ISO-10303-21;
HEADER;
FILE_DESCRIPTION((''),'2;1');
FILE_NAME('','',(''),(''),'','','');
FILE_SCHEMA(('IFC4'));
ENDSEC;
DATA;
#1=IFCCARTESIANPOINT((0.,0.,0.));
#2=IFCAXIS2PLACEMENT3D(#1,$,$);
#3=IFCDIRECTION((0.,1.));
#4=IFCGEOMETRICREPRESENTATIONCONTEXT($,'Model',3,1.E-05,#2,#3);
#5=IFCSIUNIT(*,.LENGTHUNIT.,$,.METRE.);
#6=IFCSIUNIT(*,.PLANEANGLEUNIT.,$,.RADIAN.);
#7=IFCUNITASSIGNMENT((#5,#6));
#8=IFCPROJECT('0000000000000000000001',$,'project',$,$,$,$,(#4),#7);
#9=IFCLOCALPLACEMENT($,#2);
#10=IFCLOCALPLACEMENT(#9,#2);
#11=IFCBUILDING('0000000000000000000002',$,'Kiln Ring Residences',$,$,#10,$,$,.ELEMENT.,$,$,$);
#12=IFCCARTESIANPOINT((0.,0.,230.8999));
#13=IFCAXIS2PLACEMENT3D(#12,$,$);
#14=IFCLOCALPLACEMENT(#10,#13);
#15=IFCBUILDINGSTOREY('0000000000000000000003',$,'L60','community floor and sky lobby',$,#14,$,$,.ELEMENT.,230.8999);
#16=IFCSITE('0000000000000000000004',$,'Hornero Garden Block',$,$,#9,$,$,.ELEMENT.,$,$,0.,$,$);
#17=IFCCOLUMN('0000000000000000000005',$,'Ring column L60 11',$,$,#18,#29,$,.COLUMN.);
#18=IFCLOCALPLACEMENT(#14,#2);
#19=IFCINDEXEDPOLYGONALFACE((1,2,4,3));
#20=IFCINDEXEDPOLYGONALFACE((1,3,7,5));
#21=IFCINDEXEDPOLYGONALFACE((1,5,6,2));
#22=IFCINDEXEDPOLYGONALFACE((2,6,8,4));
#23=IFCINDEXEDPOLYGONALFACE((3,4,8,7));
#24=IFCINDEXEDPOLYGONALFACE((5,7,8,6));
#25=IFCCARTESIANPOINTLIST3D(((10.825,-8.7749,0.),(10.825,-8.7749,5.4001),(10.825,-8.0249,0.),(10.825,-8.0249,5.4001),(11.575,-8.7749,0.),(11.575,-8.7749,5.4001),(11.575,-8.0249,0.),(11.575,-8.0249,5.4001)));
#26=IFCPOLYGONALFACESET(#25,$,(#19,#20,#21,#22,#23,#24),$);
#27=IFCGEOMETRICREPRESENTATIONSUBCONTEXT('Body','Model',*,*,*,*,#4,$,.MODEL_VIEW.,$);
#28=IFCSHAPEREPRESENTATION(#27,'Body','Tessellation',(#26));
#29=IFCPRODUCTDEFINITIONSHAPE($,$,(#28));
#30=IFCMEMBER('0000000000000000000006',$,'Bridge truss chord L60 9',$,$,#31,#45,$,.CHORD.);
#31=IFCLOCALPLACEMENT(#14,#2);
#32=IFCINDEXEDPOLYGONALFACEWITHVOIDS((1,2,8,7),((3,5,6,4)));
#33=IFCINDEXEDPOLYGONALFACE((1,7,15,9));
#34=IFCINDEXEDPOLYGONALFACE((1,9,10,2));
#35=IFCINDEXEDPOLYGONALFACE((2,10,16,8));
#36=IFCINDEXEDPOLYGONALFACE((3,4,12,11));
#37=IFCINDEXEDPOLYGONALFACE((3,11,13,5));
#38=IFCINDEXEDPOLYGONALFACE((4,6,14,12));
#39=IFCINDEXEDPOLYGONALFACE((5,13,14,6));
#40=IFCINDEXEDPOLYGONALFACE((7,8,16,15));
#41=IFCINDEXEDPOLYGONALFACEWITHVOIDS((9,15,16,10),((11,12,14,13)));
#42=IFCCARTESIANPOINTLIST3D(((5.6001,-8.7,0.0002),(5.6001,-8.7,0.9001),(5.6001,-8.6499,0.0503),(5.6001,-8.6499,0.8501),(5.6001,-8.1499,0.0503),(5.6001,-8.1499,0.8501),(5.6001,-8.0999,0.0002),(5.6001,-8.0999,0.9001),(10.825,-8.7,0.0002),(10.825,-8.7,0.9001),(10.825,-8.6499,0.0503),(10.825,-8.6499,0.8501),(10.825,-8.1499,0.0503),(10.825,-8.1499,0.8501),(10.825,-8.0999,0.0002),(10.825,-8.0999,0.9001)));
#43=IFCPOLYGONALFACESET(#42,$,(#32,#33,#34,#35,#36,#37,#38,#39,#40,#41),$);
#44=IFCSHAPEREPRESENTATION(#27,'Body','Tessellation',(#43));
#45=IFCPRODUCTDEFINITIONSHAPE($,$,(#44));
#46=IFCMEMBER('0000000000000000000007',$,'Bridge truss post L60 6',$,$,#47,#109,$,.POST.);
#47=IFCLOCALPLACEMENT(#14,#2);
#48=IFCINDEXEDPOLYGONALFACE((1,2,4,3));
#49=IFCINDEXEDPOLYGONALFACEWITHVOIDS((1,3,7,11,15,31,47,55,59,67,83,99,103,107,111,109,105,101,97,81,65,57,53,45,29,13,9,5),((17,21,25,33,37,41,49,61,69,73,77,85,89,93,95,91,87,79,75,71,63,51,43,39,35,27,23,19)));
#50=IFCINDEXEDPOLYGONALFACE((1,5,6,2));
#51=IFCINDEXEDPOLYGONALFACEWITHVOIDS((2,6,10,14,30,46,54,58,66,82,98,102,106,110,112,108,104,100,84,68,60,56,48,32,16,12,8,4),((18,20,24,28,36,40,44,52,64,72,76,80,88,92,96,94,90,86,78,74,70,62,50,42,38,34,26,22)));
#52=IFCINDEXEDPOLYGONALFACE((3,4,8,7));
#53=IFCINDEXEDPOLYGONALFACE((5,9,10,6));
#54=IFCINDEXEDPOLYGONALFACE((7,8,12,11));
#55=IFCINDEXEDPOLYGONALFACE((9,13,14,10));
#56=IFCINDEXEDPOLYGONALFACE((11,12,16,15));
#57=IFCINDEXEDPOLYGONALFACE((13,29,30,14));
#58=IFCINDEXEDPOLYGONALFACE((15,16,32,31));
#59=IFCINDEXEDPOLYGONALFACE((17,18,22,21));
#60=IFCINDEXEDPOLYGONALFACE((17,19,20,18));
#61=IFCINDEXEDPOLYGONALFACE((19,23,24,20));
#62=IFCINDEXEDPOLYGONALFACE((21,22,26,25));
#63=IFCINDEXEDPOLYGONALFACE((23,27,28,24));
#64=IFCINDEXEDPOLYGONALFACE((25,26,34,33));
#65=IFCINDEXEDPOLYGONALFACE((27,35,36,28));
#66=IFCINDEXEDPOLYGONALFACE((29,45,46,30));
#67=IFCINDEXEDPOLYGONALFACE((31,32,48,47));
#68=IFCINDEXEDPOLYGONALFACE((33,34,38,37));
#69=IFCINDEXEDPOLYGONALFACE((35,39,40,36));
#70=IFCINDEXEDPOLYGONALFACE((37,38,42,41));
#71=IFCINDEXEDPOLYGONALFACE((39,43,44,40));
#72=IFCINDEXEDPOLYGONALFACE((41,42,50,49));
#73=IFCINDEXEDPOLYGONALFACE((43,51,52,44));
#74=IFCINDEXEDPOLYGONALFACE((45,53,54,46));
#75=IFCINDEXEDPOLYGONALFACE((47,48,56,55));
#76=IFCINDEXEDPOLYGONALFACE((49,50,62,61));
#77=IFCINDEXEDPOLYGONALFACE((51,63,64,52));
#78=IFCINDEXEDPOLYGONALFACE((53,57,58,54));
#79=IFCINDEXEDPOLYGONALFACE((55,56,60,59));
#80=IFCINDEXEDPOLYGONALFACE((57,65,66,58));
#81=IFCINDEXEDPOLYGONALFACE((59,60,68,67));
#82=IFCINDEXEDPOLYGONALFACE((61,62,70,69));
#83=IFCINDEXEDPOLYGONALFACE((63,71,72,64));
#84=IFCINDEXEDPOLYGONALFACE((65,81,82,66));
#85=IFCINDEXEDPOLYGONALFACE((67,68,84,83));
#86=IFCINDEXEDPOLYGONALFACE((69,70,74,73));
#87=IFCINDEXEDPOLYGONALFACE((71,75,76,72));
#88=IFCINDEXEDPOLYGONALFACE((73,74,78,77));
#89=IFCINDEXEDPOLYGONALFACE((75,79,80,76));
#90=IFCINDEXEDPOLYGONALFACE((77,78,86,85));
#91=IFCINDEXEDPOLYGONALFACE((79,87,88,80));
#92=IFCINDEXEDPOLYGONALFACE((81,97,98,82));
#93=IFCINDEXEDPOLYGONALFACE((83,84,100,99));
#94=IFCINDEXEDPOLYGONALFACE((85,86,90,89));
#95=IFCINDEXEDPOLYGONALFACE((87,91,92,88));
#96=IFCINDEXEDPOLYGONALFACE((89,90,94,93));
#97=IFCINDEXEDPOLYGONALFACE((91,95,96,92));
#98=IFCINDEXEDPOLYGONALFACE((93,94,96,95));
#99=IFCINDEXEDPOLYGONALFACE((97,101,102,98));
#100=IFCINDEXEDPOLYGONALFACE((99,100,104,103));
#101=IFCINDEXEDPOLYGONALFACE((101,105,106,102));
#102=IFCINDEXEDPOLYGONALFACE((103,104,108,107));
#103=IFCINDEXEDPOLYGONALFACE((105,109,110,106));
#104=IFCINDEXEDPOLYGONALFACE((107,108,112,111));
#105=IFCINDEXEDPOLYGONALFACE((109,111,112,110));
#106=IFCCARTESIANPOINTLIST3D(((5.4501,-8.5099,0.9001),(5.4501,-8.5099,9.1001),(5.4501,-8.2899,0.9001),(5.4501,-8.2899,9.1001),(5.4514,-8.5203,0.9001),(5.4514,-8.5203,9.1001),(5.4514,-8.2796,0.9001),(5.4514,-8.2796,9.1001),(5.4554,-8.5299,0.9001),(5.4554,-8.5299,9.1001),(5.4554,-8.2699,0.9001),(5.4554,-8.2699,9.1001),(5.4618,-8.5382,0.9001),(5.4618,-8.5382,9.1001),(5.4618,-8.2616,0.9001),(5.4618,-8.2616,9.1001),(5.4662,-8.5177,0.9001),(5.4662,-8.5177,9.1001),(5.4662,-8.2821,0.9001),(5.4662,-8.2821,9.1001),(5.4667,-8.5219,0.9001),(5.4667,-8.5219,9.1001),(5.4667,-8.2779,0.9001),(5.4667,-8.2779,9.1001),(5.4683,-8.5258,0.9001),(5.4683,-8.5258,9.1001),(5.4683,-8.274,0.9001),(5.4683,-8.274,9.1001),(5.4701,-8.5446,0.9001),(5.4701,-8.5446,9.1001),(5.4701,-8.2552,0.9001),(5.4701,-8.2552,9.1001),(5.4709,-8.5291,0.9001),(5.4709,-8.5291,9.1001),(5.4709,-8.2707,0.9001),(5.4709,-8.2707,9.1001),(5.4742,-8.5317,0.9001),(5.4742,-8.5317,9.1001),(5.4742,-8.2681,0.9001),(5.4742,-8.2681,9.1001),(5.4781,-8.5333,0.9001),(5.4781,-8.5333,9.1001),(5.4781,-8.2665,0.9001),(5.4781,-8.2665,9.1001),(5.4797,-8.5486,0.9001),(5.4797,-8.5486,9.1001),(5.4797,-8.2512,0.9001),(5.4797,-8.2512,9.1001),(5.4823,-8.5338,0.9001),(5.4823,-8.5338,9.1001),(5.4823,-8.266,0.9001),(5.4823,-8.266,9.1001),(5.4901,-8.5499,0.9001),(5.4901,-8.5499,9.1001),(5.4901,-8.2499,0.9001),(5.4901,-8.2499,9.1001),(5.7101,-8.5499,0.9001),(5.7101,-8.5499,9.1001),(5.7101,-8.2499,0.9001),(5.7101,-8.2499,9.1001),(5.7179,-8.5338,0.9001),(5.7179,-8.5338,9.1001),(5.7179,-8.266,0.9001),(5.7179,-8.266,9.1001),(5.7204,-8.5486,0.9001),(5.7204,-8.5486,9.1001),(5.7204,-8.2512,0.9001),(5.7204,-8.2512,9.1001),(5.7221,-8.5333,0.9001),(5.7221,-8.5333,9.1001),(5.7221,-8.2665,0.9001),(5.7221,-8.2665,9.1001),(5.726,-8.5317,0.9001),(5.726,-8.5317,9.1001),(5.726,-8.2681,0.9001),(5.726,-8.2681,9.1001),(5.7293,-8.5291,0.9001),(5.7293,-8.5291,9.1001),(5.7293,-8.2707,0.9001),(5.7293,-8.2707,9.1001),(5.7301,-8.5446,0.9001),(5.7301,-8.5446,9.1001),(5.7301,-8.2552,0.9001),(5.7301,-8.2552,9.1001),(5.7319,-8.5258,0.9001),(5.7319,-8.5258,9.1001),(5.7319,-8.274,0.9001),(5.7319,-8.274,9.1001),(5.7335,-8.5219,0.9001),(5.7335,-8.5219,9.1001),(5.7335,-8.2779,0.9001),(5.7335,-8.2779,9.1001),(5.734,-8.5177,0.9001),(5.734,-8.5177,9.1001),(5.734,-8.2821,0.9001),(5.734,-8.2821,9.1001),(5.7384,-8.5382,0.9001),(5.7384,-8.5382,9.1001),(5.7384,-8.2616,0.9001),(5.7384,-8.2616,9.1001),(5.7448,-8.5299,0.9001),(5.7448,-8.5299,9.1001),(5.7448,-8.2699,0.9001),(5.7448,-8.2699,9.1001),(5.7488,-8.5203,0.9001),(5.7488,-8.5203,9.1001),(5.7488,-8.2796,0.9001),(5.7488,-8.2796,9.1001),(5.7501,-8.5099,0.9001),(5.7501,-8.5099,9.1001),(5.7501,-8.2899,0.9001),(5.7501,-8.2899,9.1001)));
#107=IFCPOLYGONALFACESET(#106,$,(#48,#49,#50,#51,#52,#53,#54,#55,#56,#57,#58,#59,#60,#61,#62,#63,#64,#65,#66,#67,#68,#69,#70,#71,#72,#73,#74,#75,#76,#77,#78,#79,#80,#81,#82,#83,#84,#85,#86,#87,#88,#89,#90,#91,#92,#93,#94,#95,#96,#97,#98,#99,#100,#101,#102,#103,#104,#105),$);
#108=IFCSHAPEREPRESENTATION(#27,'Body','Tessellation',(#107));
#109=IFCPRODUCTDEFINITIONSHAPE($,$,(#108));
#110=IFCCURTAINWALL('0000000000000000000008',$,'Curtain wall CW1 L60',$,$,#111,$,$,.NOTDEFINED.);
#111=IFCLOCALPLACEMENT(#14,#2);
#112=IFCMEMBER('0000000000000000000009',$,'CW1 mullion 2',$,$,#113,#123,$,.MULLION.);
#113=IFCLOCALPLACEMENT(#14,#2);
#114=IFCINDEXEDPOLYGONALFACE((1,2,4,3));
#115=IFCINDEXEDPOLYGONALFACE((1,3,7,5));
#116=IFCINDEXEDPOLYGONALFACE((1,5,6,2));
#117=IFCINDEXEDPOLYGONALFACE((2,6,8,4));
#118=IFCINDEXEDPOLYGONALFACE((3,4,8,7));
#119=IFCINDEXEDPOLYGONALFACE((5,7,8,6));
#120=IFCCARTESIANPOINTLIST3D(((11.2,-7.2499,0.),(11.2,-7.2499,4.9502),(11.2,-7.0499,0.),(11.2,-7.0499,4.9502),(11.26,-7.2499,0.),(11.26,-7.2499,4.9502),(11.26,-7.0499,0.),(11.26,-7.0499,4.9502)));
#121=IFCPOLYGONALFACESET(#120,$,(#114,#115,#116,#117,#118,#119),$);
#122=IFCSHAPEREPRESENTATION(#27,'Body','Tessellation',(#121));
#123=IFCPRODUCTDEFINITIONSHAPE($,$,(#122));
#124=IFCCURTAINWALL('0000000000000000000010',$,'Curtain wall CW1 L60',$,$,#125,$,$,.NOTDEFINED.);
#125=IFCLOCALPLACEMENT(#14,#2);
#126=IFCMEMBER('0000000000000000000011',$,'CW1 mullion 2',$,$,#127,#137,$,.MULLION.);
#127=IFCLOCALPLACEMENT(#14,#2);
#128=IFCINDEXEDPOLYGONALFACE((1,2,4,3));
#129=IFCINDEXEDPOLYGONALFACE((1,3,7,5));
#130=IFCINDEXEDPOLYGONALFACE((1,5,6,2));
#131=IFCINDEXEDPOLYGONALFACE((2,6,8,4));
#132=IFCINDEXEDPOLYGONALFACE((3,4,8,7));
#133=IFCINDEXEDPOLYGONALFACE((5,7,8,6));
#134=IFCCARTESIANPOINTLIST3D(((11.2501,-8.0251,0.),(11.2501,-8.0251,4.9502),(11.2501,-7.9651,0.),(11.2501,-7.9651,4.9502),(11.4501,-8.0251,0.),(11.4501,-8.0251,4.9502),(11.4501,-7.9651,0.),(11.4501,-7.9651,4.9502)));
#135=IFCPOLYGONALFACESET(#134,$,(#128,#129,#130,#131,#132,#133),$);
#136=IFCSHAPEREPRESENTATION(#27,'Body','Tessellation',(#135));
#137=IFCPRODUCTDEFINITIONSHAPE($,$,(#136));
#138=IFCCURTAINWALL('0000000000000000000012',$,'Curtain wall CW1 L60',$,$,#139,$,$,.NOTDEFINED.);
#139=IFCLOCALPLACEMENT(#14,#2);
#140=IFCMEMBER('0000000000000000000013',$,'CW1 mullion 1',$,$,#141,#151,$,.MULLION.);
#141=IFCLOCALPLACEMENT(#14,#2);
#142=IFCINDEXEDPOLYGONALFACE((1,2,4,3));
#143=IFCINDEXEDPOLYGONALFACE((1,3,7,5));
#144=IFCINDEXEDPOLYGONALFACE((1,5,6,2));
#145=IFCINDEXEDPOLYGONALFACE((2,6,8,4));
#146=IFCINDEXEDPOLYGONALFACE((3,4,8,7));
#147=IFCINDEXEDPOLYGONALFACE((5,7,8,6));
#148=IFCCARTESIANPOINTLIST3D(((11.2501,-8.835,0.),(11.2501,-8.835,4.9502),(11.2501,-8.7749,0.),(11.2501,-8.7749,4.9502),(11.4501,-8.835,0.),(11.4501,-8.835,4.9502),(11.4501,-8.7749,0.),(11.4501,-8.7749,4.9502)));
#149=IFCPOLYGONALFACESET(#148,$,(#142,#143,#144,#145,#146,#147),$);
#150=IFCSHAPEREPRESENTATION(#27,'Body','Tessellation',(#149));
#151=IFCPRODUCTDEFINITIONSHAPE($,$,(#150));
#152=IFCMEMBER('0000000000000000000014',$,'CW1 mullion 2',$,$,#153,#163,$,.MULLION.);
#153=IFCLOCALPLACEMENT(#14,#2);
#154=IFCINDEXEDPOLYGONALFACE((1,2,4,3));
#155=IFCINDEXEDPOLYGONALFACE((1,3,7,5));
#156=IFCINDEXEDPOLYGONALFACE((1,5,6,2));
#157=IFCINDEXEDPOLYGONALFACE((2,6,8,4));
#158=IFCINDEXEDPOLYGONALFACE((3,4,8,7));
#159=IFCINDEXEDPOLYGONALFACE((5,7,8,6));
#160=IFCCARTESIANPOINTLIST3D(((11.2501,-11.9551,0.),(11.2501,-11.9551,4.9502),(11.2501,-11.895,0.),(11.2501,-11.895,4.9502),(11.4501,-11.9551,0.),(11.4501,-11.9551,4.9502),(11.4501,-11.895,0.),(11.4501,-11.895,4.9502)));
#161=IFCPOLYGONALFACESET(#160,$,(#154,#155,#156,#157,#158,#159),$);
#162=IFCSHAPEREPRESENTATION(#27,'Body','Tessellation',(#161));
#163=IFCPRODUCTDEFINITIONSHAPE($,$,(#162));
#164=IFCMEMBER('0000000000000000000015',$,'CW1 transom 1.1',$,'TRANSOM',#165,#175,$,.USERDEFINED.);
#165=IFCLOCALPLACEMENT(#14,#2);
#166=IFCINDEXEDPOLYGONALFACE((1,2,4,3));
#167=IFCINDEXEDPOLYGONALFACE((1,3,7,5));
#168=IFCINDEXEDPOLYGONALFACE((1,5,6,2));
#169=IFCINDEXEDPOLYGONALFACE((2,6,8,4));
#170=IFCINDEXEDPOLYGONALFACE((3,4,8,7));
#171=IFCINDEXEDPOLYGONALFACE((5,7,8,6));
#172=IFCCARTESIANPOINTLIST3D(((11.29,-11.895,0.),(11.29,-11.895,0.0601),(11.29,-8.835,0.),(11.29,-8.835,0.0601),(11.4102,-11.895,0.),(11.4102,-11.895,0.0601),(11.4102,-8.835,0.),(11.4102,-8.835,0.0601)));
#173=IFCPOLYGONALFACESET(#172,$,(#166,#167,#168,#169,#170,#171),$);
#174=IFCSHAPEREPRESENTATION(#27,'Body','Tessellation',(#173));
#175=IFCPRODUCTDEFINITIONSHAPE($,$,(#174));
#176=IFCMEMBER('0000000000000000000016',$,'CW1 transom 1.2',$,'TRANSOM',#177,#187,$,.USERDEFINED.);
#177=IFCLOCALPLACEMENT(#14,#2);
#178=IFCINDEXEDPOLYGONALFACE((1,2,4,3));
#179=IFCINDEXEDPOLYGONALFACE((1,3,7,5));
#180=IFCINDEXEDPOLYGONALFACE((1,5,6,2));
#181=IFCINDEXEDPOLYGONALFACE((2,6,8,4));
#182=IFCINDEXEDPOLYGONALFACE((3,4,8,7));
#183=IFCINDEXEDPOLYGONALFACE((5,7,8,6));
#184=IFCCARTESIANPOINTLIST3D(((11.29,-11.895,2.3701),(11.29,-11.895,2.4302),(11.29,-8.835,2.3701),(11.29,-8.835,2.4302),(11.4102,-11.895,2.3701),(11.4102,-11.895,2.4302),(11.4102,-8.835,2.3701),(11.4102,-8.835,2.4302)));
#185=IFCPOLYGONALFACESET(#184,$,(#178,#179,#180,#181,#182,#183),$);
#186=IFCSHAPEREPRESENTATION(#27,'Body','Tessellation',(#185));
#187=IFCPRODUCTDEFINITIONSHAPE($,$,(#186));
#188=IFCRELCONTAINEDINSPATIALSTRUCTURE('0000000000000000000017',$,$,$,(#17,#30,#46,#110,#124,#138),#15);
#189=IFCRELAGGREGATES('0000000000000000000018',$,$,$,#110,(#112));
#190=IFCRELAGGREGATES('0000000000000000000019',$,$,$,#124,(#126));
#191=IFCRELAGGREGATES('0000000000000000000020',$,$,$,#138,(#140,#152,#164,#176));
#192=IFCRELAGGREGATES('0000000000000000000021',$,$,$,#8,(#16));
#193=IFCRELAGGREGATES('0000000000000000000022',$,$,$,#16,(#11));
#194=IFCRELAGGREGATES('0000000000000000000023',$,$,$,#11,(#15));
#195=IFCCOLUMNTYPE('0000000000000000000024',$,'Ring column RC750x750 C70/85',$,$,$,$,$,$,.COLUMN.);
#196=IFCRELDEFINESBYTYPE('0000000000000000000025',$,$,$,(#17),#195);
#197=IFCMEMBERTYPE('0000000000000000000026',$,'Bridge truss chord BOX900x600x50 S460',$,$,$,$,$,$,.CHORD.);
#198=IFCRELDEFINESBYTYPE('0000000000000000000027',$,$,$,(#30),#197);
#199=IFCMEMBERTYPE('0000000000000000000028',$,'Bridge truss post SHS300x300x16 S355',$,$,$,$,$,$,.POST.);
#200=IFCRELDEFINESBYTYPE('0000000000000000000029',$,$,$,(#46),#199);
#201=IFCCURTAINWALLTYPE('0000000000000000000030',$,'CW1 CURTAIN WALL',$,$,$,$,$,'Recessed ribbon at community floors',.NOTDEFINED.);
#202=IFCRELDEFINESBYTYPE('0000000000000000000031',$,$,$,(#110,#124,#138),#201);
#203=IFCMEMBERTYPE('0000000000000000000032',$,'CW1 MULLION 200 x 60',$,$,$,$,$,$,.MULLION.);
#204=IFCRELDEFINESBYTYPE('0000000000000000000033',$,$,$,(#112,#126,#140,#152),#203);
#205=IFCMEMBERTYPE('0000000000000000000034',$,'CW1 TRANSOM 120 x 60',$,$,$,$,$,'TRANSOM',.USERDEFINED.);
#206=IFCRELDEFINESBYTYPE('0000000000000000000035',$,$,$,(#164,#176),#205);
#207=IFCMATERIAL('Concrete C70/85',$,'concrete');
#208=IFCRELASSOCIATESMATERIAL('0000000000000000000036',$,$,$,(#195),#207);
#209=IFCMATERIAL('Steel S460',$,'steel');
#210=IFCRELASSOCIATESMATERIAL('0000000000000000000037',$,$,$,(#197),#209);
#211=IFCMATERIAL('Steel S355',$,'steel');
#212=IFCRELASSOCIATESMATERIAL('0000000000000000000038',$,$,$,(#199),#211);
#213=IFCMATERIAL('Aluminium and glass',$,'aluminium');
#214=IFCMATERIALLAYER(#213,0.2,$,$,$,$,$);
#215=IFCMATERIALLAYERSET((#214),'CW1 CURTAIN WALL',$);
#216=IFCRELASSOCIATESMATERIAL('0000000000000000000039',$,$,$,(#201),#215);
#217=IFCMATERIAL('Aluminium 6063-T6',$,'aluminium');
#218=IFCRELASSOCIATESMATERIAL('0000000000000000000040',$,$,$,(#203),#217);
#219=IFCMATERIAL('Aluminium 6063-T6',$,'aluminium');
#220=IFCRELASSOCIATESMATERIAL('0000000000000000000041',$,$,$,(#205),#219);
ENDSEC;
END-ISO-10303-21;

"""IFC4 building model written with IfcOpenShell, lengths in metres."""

from ifc_helpers import new_model, si_unit, direction, frame, origin, origin_2d, place, context, subcontext, project, spatial, rectangle, hollow_rectangle, extrude, material, layer, layer_set, material_profile, profile_set, type_object, element, aggregate, save


model = new_model("IFC4")

# Units and contexts
model_context = context("Model", 3, precision=1e-05, world=origin(), true_north=direction((0.0, 1.0)))
body_context = subcontext(model_context, "Body", "Model", "MODEL_VIEW")
ifc_project = project(units=[si_unit("LENGTHUNIT", "METRE"), si_unit("PLANEANGLEUNIT", "RADIAN")], contexts=[model_context])

# Site, building, storey
site_placement = place(None, origin())
site = spatial("IfcSite", under=ifc_project, at=site_placement, Name="Hornero Garden Block", CompositionType="ELEMENT", RefElevation=0.0)
building_placement = place(site_placement, origin())
building = spatial("IfcBuilding", under=site, at=building_placement, Name="Kiln Ring Residences", CompositionType="ELEMENT")
storey_placement = place(building_placement, frame((0.0, 0.0, 230.8999)))
storey = spatial("IfcBuildingStorey", under=building, at=storey_placement, Name="L60", Description="community floor and sky lobby", CompositionType="ELEMENT", Elevation=230.8999)

# Column
ifc_material_1 = material(Name="Concrete C70/85", Category="concrete")
ifc_material_profile_1 = material_profile(ifc_material_1, rectangle(XDim=0.75, YDim=0.75, at=origin_2d()), Name="RC750x750")
ifc_profile_set_1 = profile_set([ifc_material_profile_1], Name="Concrete C70/85")
column_type = type_object("IfcColumnType", Name="Ring column RC750x750 C70/85", PredefinedType="COLUMN", material=ifc_profile_set_1)
column_placement = place(storey_placement, frame((11.2, -8.3999, 0.0), z_axis=(0.0, 0.0, 1.0), x_axis=(1.0, 0.0, 0.0)))
element("IfcColumn", 1, at=column_placement, inside=storey, type_object=column_type, Name="Ring column L60 11", PredefinedType="COLUMN", context=body_context, shape_type="SweptSolid", body=[
    extrude(rectangle(XDim=0.75, YDim=0.75, at=origin_2d()), origin(), (0.0, 0.0, 1.0), 5.4001),
])

# Members
ifc_material_2 = material(Name="Steel S460", Category="steel")
ifc_material_profile_2 = material_profile(ifc_material_2, hollow_rectangle(XDim=0.6001, YDim=0.8999, WallThickness=0.05, at=origin_2d()), Name="BOX900x600x50")
ifc_profile_set_2 = profile_set([ifc_material_profile_2], Name="Steel S460")
member_type_1 = type_object("IfcMemberType", Name="Bridge truss chord BOX900x600x50 S460", PredefinedType="CHORD", material=ifc_profile_set_2)
member_1_placement = place(storey_placement, frame((5.6001, -8.3999, 0.4502), z_axis=(1.0, 0.0, 0.0), x_axis=(0.0, 1.0, 0.0)))
element("IfcMember", 2, at=member_1_placement, inside=storey, type_object=member_type_1, Name="Bridge truss chord L60 9", PredefinedType="CHORD", context=body_context, shape_type="SweptSolid", body=[
    extrude(hollow_rectangle(XDim=0.6001, YDim=0.8999, WallThickness=0.05, at=origin_2d()), origin(), (0.0, 0.0, 1.0), 5.2249),
])
ifc_material_3 = material(Name="Steel S355", Category="steel")
ifc_material_profile_3 = material_profile(ifc_material_3, hollow_rectangle(XDim=0.3, YDim=0.3, WallThickness=0.0161, InnerFilletRadius=0.0161, OuterFilletRadius=0.04, at=origin_2d()), Name="SHS300x300x16")
ifc_profile_set_3 = profile_set([ifc_material_profile_3], Name="Steel S355")
member_type_2 = type_object("IfcMemberType", Name="Bridge truss post SHS300x300x16 S355", PredefinedType="POST", material=ifc_profile_set_3)
member_2_placement = place(storey_placement, frame((5.6001, -8.3999, 0.9001), z_axis=(0.0, 0.0, 1.0), x_axis=(1.0, 0.0, 0.0)))
element("IfcMember", 3, at=member_2_placement, inside=storey, type_object=member_type_2, Name="Bridge truss post L60 6", PredefinedType="POST", context=body_context, shape_type="SweptSolid", body=[
    extrude(hollow_rectangle(XDim=0.3, YDim=0.3, WallThickness=0.0161, InnerFilletRadius=0.0161, OuterFilletRadius=0.04, at=origin_2d()), origin(), (0.0, 0.0, 1.0), 8.2),
])

# Curtain walls, members
ifc_material_4 = material(Name="Aluminium and glass", Category="aluminium")
ifc_layer_1 = layer(ifc_material_4, 0.2)
ifc_layer_set_1 = layer_set([ifc_layer_1], Name="CW1 CURTAIN WALL")
curtain_wall_type = type_object("IfcCurtainWallType", Name="CW1 CURTAIN WALL", ElementType="Recessed ribbon at community floors", PredefinedType="NOTDEFINED", material=ifc_layer_set_1)
placement_1 = place(storey_placement, origin())
curtain_wall_1 = element("IfcCurtainWall", 4, at=placement_1, inside=storey, type_object=curtain_wall_type, Name="Curtain wall CW1 L60", PredefinedType="NOTDEFINED")
ifc_material_5 = material(Name="Aluminium 6063-T6", Category="aluminium")
ifc_material_profile_4 = material_profile(ifc_material_5, rectangle(XDim=0.2, YDim=0.0601, at=origin_2d()), Name="AL 200x60")
ifc_profile_set_4 = profile_set([ifc_material_profile_4], Name="Aluminium 6063-T6")
member_type_3 = type_object("IfcMemberType", Name="CW1 MULLION 200 x 60", PredefinedType="MULLION", material=ifc_profile_set_4)
member_3_placement = place(storey_placement, frame((11.23, -7.1499, 0.0), z_axis=(0.0, 0.0, 1.0), x_axis=(0.0, -1.0, 0.0)))
member_3 = element("IfcMember", 5, at=member_3_placement, type_object=member_type_3, Name="CW1 mullion 2", PredefinedType="MULLION", context=body_context, shape_type="SweptSolid", body=[
    extrude(rectangle(XDim=0.2, YDim=0.0601, at=origin_2d()), origin(), (0.0, 0.0, 1.0), 4.9502),
])
aggregate(curtain_wall_1, [member_3])
curtain_wall_2 = element("IfcCurtainWall", 6, at=placement_1, inside=storey, type_object=curtain_wall_type, Name="Curtain wall CW1 L60", PredefinedType="NOTDEFINED")
member_4_placement = place(storey_placement, frame((11.3501, -7.9951, 0.0), z_axis=(0.0, 0.0, 1.0), x_axis=(1.0, 0.0, 0.0)))
member_4 = element("IfcMember", 7, at=member_4_placement, type_object=member_type_3, Name="CW1 mullion 2", PredefinedType="MULLION", context=body_context, shape_type="SweptSolid", body=[
    extrude(rectangle(XDim=0.2, YDim=0.0601, at=origin_2d()), origin(), (0.0, 0.0, 1.0), 4.9502),
])

# Curtain wall, members
curtain_wall_3 = element("IfcCurtainWall", 8, at=placement_1, inside=storey, type_object=curtain_wall_type, Name="Curtain wall CW1 L60", PredefinedType="NOTDEFINED")
member_5_placement = place(storey_placement, frame((11.3501, -8.8049, 0.0), z_axis=(0.0, 0.0, 1.0), x_axis=(1.0, 0.0, 0.0)))
member_5 = element("IfcMember", 9, at=member_5_placement, type_object=member_type_3, Name="CW1 mullion 1", PredefinedType="MULLION", context=body_context, shape_type="SweptSolid", body=[
    extrude(rectangle(XDim=0.2, YDim=0.0601, at=origin_2d()), origin(), (0.0, 0.0, 1.0), 4.9502),
])
member_6_placement = place(storey_placement, frame((11.3501, -11.925, 0.0), z_axis=(0.0, 0.0, 1.0), x_axis=(1.0, 0.0, 0.0)))
member_6 = element("IfcMember", 10, at=member_6_placement, type_object=member_type_3, Name="CW1 mullion 2", PredefinedType="MULLION", context=body_context, shape_type="SweptSolid", body=[
    extrude(rectangle(XDim=0.2, YDim=0.0601, at=origin_2d()), origin(), (0.0, 0.0, 1.0), 4.9502),
])
ifc_material_6 = material(Name="Aluminium 6063-T6", Category="aluminium")
ifc_material_profile_5 = material_profile(ifc_material_6, rectangle(XDim=0.1201, YDim=0.0601, at=origin_2d()), Name="AL 120x60")
ifc_profile_set_5 = profile_set([ifc_material_profile_5], Name="Aluminium 6063-T6")
member_type_4 = type_object("IfcMemberType", Name="CW1 TRANSOM 120 x 60", ElementType="TRANSOM", PredefinedType="USERDEFINED", material=ifc_profile_set_5)
member_7_placement = place(storey_placement, frame((11.3501, -8.835, 0.03), z_axis=(0.0, -1.0, 0.0), x_axis=(1.0, 0.0, 0.0)))
member_7 = element("IfcMember", 11, at=member_7_placement, type_object=member_type_4, Name="CW1 transom 1.1", ObjectType="TRANSOM", PredefinedType="USERDEFINED", context=body_context, shape_type="SweptSolid", body=[
    extrude(rectangle(XDim=0.1201, YDim=0.0601, at=origin_2d()), origin(), (0.0, 0.0, 1.0), 3.0601),
])
member_8_placement = place(storey_placement, frame((11.3501, -8.835, 2.4001), z_axis=(0.0, -1.0, 0.0), x_axis=(1.0, 0.0, 0.0)))
member_8 = element("IfcMember", 12, at=member_8_placement, type_object=member_type_4, Name="CW1 transom 1.2", ObjectType="TRANSOM", PredefinedType="USERDEFINED", context=body_context, shape_type="SweptSolid", body=[
    extrude(rectangle(XDim=0.1201, YDim=0.0601, at=origin_2d()), origin(), (0.0, 0.0, 1.0), 3.0601),
])

aggregate(curtain_wall_2, [member_4])
aggregate(curtain_wall_3, [member_5, member_6, member_7, member_8])

save(model, "model.ifc")
